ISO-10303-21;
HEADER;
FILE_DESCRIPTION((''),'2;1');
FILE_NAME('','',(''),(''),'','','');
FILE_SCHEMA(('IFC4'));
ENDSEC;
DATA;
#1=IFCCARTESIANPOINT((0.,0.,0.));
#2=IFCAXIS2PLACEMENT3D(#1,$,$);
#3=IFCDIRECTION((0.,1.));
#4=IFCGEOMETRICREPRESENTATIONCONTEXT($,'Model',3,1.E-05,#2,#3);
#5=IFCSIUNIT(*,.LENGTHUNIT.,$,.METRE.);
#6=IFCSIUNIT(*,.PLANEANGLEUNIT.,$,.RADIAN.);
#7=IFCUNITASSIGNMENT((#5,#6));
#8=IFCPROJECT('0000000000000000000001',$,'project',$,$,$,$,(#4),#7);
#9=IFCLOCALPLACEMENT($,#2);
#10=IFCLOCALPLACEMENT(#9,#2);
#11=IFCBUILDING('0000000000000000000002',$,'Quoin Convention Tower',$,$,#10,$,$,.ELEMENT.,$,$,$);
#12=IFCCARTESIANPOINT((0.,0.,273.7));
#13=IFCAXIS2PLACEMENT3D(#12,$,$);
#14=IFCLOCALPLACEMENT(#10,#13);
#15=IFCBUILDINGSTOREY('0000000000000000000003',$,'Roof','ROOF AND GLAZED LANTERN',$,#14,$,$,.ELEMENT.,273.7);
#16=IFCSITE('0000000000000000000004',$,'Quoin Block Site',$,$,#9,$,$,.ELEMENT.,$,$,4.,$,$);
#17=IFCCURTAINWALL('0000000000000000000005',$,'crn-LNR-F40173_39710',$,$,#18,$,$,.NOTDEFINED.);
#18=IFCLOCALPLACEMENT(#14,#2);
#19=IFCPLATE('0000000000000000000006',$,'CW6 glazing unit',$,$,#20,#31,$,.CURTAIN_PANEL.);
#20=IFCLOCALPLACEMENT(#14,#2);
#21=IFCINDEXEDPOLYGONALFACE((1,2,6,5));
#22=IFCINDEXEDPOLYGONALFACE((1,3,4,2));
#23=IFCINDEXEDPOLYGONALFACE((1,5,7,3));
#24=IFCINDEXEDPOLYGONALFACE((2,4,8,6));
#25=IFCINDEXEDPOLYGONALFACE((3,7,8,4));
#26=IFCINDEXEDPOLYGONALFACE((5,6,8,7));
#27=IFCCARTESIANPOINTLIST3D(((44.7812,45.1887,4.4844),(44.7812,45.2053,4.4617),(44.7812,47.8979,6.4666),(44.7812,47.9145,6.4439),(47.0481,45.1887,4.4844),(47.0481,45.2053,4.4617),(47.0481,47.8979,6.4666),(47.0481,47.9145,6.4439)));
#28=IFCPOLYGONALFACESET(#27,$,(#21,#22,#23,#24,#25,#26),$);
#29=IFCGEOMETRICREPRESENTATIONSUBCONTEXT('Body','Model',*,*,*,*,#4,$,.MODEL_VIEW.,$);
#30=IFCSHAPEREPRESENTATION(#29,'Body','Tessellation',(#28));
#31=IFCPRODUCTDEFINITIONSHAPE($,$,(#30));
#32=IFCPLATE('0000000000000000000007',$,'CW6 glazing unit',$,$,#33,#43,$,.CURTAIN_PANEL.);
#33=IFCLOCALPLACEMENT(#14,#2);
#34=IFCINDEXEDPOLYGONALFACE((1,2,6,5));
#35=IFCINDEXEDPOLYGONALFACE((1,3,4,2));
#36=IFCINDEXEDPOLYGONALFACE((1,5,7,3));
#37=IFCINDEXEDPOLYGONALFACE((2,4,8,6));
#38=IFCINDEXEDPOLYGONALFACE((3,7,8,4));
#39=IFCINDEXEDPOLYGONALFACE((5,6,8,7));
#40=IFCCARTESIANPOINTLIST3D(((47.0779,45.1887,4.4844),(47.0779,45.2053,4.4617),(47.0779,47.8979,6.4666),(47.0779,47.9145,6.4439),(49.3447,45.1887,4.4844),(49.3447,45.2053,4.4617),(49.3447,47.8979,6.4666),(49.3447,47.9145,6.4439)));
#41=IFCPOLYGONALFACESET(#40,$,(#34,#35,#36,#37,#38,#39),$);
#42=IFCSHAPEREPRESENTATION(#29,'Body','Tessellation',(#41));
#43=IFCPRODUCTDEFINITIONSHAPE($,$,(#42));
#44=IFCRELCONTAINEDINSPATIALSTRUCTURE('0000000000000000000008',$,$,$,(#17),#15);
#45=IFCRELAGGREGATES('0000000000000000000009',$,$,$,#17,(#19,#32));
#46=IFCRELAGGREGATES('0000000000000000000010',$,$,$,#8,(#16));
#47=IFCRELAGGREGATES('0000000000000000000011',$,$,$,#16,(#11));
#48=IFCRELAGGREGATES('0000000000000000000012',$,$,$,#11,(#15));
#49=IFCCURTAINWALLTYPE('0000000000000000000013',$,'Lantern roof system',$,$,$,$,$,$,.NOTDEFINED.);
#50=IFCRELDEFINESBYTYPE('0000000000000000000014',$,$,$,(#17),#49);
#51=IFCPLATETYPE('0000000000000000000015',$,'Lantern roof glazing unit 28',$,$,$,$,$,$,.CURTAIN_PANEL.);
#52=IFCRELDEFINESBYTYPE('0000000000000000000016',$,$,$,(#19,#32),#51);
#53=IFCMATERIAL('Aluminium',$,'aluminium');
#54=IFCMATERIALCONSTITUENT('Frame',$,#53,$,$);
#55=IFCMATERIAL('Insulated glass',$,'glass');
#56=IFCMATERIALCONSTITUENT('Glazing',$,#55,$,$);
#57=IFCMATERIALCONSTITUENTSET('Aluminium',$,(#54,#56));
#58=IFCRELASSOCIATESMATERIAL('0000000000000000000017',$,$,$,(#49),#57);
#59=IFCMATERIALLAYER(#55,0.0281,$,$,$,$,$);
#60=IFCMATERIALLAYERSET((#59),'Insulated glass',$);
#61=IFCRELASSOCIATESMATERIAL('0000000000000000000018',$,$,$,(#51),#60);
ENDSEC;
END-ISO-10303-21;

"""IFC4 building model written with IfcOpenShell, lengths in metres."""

from ifc_helpers import new_model, si_unit, direction, frame, origin, place, context, subcontext, project, spatial, polyline, outline, extrude, material, layer, layer_set, constituent, constituent_set, type_object, element, aggregate, save


model = new_model("IFC4")

# Units and contexts
model_context = context("Model", 3, precision=1e-05, world=origin(), true_north=direction((0.0, 1.0)))
body_context = subcontext(model_context, "Body", "Model", "MODEL_VIEW")
ifc_project = project(units=[si_unit("LENGTHUNIT", "METRE"), si_unit("PLANEANGLEUNIT", "RADIAN")], contexts=[model_context])

# Site, building, storey
site_placement = place(None, origin())
site = spatial("IfcSite", under=ifc_project, at=site_placement, Name="Quoin Block Site", CompositionType="ELEMENT", RefElevation=4.0)
building_placement = place(site_placement, origin())
building = spatial("IfcBuilding", under=site, at=building_placement, Name="Quoin Convention Tower", CompositionType="ELEMENT")
storey_placement = place(building_placement, frame((0.0, 0.0, 273.7)))
storey = spatial("IfcBuildingStorey", under=building, at=storey_placement, Name="Roof", Description="ROOF AND GLAZED LANTERN", CompositionType="ELEMENT", Elevation=273.7)

# Shared definitions
ifc_material_1 = material(Name="Aluminium", Category="aluminium")
ifc_constituent_1 = constituent(ifc_material_1, Name="Frame")
ifc_material_2 = material(Name="Insulated glass", Category="glass")
ifc_constituent_2 = constituent(ifc_material_2, Name="Glazing")
ifc_constituent_set = constituent_set(constituents=[ifc_constituent_1, ifc_constituent_2], Name="Aluminium")
curtain_wall_type = type_object("IfcCurtainWallType", Name="Lantern roof system", PredefinedType="NOTDEFINED", material=ifc_constituent_set)

# Curtain wall
curtain_wall_1_placement = place(storey_placement, origin())
curtain_wall_1 = element("IfcCurtainWall", 1, at=curtain_wall_1_placement, inside=storey, type_object=curtain_wall_type, Name="crn-LNR-F40173_39710", PredefinedType="NOTDEFINED")

# Plates
ifc_layer = layer(ifc_material_2, 0.0281)
ifc_layer_set = layer_set([ifc_layer], Name="Insulated glass")
plate_type = type_object("IfcPlateType", Name="Lantern roof glazing unit 28", PredefinedType="CURTAIN_PANEL", material=ifc_layer_set)
plate_1_placement = place(storey_placement, frame((47.0481, 45.1887, 4.4844), z_axis=(0.0, -0.590474, 0.807057), x_axis=(-1.0, 0.0, 0.0)))
plate_1 = element("IfcPlate", 2, at=plate_1_placement, type_object=plate_type, Name="CW6 glazing unit", PredefinedType="CURTAIN_PANEL", context=body_context, shape_type="SweptSolid", body=[
    extrude(outline(polyline([(0.0, 0.0), (2.2668, 0.0), (2.2668, -3.3569), (0.0, -3.3569), (0.0, 0.0)])), origin(), (0.0, 0.0, -1.0), 0.0281),
])
plate_2_placement = place(storey_placement, frame((49.3447, 45.1887, 4.4844), z_axis=(0.0, -0.590474, 0.807057), x_axis=(-1.0, 0.0, 0.0)))
plate_2 = element("IfcPlate", 3, at=plate_2_placement, type_object=plate_type, Name="CW6 glazing unit", PredefinedType="CURTAIN_PANEL", context=body_context, shape_type="SweptSolid", body=[
    extrude(outline(polyline([(0.0, 0.0), (2.2668, 0.0), (2.2668, -3.3569), (0.0, -3.3569), (0.0, 0.0)])), origin(), (0.0, 0.0, -1.0), 0.0281),
])
aggregate(curtain_wall_1, [plate_1, plate_2])

save(model, "model.ifc")
